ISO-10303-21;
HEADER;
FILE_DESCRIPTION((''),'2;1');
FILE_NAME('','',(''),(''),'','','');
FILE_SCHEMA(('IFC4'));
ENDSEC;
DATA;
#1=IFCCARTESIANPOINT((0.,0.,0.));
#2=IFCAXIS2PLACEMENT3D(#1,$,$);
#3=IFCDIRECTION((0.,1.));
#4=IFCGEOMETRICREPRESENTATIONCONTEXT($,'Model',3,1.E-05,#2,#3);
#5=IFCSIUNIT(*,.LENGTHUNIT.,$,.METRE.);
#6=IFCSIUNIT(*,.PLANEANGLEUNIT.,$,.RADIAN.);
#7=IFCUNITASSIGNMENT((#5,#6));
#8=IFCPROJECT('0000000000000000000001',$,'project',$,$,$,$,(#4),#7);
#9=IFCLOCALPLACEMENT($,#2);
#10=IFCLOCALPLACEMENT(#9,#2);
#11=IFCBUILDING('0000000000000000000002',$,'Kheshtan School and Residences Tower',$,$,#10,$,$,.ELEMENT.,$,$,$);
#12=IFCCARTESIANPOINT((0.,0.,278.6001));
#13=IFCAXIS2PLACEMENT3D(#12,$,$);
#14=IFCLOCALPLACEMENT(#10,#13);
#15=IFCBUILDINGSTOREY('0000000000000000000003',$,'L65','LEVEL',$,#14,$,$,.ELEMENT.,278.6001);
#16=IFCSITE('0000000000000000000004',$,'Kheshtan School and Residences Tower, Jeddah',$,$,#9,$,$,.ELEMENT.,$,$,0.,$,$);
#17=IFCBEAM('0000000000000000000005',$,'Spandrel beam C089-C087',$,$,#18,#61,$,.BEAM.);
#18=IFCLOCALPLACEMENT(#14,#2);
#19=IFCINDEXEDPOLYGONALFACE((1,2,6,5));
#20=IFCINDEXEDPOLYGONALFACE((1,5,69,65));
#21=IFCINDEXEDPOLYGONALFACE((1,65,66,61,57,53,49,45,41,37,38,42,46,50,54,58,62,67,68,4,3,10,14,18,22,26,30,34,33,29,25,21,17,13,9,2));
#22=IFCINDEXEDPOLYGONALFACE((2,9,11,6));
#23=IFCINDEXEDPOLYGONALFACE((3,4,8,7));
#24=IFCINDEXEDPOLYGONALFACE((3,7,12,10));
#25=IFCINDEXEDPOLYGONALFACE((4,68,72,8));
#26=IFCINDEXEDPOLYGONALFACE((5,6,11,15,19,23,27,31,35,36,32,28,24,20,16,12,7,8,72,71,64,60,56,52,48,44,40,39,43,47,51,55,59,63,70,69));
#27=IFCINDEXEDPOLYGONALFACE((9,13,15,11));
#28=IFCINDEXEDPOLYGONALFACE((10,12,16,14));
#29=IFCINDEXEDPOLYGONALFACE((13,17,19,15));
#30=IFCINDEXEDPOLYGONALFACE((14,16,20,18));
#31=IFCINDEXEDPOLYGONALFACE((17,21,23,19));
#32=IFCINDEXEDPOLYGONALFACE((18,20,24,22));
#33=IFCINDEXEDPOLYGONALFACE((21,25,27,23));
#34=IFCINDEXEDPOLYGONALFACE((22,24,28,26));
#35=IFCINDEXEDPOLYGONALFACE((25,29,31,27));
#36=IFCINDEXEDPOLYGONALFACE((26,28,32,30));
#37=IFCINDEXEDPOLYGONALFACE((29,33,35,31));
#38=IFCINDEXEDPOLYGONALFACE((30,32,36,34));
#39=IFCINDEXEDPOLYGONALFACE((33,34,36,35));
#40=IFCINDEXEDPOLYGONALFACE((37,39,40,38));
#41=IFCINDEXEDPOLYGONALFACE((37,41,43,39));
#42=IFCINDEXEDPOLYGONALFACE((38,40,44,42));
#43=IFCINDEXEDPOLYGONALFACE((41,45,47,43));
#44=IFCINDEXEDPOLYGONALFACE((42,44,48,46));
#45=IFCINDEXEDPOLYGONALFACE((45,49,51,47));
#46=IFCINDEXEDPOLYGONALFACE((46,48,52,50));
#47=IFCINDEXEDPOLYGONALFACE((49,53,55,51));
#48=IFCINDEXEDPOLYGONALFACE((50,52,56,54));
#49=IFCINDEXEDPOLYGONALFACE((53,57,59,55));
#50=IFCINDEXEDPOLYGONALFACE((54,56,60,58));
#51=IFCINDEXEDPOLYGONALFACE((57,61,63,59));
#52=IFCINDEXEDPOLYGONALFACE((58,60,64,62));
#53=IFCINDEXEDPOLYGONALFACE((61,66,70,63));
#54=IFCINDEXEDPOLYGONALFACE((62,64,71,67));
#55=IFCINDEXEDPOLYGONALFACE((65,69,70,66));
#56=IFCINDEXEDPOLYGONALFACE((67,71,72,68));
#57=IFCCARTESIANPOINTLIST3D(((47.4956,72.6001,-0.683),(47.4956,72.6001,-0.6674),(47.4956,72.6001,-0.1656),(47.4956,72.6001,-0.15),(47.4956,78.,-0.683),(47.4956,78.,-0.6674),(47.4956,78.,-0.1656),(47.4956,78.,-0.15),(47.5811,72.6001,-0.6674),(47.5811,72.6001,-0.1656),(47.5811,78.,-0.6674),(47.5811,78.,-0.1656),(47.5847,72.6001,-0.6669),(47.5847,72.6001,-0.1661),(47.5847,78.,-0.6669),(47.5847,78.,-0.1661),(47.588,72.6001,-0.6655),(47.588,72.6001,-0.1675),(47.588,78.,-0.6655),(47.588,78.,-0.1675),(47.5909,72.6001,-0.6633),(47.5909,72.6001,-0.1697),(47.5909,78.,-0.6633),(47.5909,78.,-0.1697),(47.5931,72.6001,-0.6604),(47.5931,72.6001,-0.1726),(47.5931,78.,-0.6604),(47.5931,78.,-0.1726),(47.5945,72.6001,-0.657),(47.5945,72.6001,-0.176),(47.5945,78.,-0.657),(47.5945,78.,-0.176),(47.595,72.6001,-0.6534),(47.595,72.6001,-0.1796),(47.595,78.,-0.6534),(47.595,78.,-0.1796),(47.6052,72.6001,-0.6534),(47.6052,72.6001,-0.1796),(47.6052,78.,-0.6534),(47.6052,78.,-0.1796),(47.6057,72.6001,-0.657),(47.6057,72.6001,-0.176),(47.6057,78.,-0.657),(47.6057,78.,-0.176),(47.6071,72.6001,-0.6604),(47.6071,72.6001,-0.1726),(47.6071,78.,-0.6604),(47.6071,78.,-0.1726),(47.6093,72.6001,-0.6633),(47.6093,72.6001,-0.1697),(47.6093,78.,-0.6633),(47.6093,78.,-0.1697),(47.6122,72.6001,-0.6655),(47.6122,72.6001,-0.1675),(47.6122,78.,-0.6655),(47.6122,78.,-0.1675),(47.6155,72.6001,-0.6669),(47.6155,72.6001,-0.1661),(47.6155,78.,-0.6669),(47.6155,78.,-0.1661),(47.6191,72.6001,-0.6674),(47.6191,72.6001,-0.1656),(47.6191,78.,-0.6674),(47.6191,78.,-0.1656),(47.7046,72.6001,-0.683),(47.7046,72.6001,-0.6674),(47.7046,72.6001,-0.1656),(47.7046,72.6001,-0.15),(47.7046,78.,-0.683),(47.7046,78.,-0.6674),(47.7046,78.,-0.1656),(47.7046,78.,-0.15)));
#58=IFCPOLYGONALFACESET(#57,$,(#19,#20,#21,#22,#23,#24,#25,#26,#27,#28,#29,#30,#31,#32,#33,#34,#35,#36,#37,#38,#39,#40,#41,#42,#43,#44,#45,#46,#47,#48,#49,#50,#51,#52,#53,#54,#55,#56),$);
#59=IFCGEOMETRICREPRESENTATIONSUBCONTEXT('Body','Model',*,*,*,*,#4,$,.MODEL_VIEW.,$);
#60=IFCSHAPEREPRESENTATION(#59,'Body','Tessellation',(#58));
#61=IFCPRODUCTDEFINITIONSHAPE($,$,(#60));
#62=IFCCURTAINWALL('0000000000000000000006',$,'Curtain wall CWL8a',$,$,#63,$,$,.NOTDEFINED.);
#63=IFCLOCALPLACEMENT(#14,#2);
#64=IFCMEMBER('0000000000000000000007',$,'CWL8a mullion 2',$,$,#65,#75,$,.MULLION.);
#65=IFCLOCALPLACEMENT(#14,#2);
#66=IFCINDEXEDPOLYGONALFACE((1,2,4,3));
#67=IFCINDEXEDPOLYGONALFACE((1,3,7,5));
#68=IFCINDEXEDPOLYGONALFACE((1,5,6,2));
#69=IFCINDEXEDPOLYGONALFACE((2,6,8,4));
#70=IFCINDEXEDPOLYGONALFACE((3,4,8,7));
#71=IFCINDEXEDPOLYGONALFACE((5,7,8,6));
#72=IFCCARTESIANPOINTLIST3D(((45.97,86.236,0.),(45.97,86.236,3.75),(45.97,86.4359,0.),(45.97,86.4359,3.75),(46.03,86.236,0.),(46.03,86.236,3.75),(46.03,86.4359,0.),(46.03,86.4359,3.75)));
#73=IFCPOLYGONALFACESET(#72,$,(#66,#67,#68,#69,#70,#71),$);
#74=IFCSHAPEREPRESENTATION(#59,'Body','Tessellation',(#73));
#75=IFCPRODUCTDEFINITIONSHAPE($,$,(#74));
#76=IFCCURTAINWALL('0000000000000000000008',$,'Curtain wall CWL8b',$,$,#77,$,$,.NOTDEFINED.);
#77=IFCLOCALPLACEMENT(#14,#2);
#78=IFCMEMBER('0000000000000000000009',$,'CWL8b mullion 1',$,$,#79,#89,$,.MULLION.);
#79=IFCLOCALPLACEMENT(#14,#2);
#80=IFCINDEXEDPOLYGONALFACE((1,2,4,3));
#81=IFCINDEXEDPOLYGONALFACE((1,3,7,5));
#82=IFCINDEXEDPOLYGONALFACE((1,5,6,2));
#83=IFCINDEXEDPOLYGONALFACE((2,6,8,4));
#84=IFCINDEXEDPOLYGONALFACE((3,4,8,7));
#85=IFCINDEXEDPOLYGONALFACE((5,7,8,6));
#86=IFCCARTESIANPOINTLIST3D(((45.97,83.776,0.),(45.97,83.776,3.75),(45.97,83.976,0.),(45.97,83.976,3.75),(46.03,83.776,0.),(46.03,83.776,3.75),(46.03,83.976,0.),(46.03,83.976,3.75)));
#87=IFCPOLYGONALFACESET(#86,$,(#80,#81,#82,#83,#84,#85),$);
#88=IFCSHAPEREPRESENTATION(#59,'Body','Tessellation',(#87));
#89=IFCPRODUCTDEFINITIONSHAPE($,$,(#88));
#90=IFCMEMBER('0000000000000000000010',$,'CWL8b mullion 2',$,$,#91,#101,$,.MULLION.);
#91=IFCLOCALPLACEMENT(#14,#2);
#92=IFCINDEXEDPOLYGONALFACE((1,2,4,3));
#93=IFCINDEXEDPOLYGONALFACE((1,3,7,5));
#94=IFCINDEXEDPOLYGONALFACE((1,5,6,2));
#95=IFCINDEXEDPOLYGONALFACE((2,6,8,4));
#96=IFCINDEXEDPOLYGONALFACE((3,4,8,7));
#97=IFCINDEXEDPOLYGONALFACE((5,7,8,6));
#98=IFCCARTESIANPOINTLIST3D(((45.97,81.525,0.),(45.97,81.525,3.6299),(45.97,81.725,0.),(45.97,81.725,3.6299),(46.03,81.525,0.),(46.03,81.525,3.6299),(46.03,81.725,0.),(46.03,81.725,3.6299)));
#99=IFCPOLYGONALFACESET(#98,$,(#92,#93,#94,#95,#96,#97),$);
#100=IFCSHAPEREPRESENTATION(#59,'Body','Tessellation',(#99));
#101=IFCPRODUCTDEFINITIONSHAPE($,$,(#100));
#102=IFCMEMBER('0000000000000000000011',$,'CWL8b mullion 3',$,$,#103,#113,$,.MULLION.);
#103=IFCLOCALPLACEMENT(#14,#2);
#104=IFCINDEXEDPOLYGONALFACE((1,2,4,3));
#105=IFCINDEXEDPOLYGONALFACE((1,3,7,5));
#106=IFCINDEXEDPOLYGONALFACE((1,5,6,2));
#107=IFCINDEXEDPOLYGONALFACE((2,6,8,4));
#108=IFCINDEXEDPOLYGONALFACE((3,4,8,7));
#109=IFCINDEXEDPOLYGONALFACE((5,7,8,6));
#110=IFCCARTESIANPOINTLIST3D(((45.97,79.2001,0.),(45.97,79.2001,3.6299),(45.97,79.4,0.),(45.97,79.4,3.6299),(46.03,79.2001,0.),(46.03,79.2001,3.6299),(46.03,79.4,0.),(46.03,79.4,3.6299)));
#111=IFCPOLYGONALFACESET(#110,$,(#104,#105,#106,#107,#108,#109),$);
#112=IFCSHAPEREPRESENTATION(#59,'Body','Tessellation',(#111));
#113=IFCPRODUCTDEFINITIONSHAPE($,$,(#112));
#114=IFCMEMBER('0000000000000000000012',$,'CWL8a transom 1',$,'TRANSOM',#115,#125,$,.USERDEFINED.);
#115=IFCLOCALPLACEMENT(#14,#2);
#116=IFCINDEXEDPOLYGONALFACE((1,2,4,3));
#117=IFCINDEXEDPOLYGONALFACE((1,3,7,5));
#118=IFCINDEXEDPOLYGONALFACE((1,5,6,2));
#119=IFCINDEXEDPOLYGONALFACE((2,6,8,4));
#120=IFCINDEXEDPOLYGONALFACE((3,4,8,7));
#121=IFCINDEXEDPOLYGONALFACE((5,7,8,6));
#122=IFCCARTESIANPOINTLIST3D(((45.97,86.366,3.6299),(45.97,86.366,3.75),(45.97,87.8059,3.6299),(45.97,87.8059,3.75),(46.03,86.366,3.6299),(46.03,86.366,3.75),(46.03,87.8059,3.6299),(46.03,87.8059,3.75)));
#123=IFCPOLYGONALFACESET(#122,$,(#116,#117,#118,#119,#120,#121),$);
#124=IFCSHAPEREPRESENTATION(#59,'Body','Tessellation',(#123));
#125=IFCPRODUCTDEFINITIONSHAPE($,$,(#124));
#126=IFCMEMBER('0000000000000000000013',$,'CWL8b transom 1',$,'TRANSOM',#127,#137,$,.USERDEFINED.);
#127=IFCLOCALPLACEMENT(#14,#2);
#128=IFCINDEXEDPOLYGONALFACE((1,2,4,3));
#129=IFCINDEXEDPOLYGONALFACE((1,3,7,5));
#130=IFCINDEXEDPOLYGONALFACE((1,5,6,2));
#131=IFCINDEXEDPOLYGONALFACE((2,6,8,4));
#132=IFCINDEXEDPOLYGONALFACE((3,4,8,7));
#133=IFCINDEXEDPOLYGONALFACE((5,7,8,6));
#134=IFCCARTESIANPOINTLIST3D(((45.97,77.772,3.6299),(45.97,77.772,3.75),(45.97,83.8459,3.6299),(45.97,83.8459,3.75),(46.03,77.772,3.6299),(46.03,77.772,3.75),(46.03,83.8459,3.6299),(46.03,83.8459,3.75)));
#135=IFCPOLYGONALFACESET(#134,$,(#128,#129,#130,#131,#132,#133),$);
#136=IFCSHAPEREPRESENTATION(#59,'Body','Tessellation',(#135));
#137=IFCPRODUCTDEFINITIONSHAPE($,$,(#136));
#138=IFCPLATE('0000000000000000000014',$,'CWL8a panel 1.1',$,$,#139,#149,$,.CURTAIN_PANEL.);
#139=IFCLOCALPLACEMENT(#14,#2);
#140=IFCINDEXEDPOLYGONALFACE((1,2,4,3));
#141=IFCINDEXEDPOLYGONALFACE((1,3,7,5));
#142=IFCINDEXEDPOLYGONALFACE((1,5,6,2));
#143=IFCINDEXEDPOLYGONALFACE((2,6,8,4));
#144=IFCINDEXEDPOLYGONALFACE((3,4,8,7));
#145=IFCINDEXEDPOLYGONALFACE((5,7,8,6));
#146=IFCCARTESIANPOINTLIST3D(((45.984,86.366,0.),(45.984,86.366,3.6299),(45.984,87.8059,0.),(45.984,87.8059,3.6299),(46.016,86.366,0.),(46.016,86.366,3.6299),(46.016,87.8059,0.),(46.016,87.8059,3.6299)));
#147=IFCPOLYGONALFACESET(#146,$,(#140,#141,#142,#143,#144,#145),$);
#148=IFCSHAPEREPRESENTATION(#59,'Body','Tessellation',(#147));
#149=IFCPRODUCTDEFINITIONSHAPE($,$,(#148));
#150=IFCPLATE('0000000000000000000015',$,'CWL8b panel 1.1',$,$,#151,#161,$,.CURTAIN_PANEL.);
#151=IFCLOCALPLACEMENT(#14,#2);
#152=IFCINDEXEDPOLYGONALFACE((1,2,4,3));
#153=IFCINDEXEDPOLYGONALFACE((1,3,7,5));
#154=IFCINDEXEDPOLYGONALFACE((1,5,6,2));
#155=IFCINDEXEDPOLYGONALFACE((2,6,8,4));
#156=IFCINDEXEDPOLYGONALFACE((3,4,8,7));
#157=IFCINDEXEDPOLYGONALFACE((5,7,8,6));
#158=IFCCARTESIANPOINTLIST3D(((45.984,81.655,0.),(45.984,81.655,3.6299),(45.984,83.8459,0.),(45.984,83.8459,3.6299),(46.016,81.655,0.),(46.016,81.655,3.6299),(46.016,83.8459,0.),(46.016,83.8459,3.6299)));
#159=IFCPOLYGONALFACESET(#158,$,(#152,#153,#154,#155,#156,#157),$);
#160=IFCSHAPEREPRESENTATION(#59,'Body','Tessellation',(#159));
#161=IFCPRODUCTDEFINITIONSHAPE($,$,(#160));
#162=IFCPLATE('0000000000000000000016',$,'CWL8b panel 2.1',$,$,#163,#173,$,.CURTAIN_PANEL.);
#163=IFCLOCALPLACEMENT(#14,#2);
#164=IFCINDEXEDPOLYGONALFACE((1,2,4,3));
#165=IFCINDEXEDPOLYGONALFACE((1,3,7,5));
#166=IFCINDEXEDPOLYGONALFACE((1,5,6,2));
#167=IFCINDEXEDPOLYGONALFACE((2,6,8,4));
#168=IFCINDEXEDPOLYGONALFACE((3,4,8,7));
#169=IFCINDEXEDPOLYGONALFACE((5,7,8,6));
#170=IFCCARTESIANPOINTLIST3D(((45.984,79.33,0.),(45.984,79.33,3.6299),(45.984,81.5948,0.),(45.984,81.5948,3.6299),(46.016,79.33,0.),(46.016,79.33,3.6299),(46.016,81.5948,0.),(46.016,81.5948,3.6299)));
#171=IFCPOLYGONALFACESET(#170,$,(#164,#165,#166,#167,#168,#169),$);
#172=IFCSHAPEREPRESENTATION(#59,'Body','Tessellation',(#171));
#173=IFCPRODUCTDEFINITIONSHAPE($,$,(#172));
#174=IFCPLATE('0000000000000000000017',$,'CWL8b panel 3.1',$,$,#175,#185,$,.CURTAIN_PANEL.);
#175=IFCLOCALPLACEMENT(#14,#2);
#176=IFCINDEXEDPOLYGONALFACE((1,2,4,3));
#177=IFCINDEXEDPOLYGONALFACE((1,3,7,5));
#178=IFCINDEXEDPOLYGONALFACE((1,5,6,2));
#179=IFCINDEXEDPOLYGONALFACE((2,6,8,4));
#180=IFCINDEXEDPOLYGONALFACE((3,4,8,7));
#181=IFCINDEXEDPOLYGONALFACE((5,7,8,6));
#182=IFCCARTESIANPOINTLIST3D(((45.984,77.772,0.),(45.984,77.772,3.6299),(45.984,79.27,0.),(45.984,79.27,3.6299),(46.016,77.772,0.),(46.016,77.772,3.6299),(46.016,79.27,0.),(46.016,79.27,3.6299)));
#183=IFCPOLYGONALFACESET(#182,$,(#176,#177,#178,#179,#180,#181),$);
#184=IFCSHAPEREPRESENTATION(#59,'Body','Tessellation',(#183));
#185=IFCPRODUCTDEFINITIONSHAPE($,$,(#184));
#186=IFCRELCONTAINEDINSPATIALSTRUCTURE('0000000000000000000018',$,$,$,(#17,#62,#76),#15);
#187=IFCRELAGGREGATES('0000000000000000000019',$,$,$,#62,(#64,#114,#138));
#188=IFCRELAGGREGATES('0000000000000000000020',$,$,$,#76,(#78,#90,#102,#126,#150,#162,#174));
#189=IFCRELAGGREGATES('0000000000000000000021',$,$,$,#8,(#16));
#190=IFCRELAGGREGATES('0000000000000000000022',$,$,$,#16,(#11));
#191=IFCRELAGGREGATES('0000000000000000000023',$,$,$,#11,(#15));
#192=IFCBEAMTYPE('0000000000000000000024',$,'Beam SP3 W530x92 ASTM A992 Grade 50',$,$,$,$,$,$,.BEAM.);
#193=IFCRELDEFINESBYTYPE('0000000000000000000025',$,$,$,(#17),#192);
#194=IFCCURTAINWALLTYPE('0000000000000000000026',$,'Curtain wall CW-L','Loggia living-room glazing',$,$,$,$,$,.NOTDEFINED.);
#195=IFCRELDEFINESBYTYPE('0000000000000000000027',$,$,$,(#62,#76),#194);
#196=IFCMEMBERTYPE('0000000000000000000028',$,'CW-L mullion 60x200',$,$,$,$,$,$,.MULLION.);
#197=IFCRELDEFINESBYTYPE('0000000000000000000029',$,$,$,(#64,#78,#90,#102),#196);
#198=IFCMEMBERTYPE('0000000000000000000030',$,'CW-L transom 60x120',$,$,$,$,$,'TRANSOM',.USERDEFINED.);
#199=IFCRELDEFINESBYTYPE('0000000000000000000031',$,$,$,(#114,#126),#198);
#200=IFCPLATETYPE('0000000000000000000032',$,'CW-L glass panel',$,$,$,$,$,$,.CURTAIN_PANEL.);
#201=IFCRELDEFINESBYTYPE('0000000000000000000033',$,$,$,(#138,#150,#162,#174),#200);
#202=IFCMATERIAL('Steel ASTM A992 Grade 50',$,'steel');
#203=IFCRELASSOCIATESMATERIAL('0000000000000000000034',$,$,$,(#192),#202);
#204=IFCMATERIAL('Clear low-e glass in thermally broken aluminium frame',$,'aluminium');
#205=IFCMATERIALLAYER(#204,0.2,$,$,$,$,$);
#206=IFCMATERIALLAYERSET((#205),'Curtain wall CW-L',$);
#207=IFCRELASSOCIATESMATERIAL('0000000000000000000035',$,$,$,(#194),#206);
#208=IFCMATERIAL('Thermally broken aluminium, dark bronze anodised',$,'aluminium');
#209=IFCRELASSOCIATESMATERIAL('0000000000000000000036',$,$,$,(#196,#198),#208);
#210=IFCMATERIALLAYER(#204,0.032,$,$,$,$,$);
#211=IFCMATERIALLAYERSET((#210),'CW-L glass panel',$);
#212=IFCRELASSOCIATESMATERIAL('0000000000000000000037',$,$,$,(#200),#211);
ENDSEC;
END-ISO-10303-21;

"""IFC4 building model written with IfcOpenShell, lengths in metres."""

from ifc_helpers import new_model, si_unit, direction, frame, origin, origin_2d, place, context, subcontext, project, spatial, rectangle, i_section, extrude, material, layer, layer_set, material_profile, profile_set, type_object, element, aggregate, save


model = new_model("IFC4")

# Units and contexts
model_context = context("Model", 3, precision=1e-05, world=origin(), true_north=direction((0.0, 1.0)))
body_context = subcontext(model_context, "Body", "Model", "MODEL_VIEW")
ifc_project = project(units=[si_unit("LENGTHUNIT", "METRE"), si_unit("PLANEANGLEUNIT", "RADIAN")], contexts=[model_context])

# Site, building, storey
site_placement = place(None, origin())
site = spatial("IfcSite", under=ifc_project, at=site_placement, Name="Kheshtan School and Residences Tower, Jeddah", CompositionType="ELEMENT", RefElevation=0.0)
building_placement = place(site_placement, origin())
building = spatial("IfcBuilding", under=site, at=building_placement, Name="Kheshtan School and Residences Tower", CompositionType="ELEMENT")
storey_placement = place(building_placement, frame((0.0, 0.0, 278.6001)))
storey = spatial("IfcBuildingStorey", under=building, at=storey_placement, Name="L65", Description="LEVEL", CompositionType="ELEMENT", Elevation=278.6001)

# Shared definitions
ifc_material_1 = material(Name="Steel ASTM A992 Grade 50", Category="steel")

# Beam
ifc_material_profile_1 = material_profile(ifc_material_1, i_section(OverallWidth=0.209, OverallDepth=0.533, WebThickness=0.0103, FlangeThickness=0.0156, FilletRadius=0.0139, at=origin_2d()), Name="W530x92")
ifc_profile_set_1 = profile_set([ifc_material_profile_1], Name="Steel ASTM A992 Grade 50")
beam_type_1 = type_object("IfcBeamType", Name="Beam SP3 W530x92 ASTM A992 Grade 50", PredefinedType="BEAM", material=ifc_profile_set_1)
for number, where, z_axis, x_axis, name in (
    (1, (47.6001, 78.0, -0.4165), (0.0, -1.0, 0.0), (1.0, 0.0, 0.0), "Spandrel beam C089-C087"),
):
    element("IfcBeam", number, at=place(storey_placement, frame(where, z_axis=z_axis, x_axis=x_axis)), inside=storey, type_object=beam_type_1, Name=name, PredefinedType="BEAM", context=body_context, shape_type="SweptSolid", body=[
        extrude(i_section(OverallWidth=0.209, OverallDepth=0.533, WebThickness=0.0103, FlangeThickness=0.0156, FilletRadius=0.0139, at=origin_2d()), origin(), (0.0, 0.0, 1.0), 5.3999),
    ])

# Curtain wall, member
ifc_material_2 = material(Name="Clear low-e glass in thermally broken aluminium frame", Category="aluminium")
ifc_layer_1 = layer(ifc_material_2, 0.2)
ifc_layer_set_1 = layer_set([ifc_layer_1], Name="Curtain wall CW-L")
curtain_wall_type = type_object("IfcCurtainWallType", Name="Curtain wall CW-L", Description="Loggia living-room glazing", PredefinedType="NOTDEFINED", material=ifc_layer_set_1)
curtain_wall_1_placement = place(storey_placement, origin())
curtain_wall_1 = element("IfcCurtainWall", 2, at=curtain_wall_1_placement, inside=storey, type_object=curtain_wall_type, Name="Curtain wall CWL8a", PredefinedType="NOTDEFINED")
ifc_material_3 = material(Name="Thermally broken aluminium, dark bronze anodised", Category="aluminium")
ifc_material_profile_2 = material_profile(ifc_material_3, rectangle(XDim=0.0601, YDim=0.2, at=origin_2d()), Name="CW-L mullion 60x200")
ifc_profile_set_2 = profile_set([ifc_material_profile_2], Name="Thermally broken aluminium, dark bronze anodised")
member_type_1 = type_object("IfcMemberType", Name="CW-L mullion 60x200", PredefinedType="MULLION", material=ifc_profile_set_2)
member_1_placement = place(storey_placement, frame((46.0, 86.3359, 0.0), z_axis=(0.0, 0.0, 1.0), x_axis=(1.0, 0.0, 0.0)))
member_1 = element("IfcMember", 3, at=member_1_placement, type_object=member_type_1, Name="CWL8a mullion 2", PredefinedType="MULLION", context=body_context, shape_type="SweptSolid", body=[
    extrude(rectangle(XDim=0.0601, YDim=0.2, at=origin_2d()), origin(), (0.0, 0.0, 1.0), 3.75),
])

# Curtain wall, members
curtain_wall_2_placement = place(storey_placement, origin())
curtain_wall_2 = element("IfcCurtainWall", 4, at=curtain_wall_2_placement, inside=storey, type_object=curtain_wall_type, Name="Curtain wall CWL8b", PredefinedType="NOTDEFINED")
member_2_placement = place(storey_placement, frame((46.0, 83.876, 0.0), z_axis=(0.0, 0.0, 1.0), x_axis=(1.0, 0.0, 0.0)))
member_2 = element("IfcMember", 5, at=member_2_placement, type_object=member_type_1, Name="CWL8b mullion 1", PredefinedType="MULLION", context=body_context, shape_type="SweptSolid", body=[
    extrude(rectangle(XDim=0.0601, YDim=0.2, at=origin_2d()), origin(), (0.0, 0.0, 1.0), 3.75),
])
member_3_placement = place(storey_placement, frame((46.0, 81.625, 0.0), z_axis=(0.0, 0.0, 1.0), x_axis=(1.0, 0.0, 0.0)))
member_3 = element("IfcMember", 6, at=member_3_placement, type_object=member_type_1, Name="CWL8b mullion 2", PredefinedType="MULLION", context=body_context, shape_type="SweptSolid", body=[
    extrude(rectangle(XDim=0.0601, YDim=0.2, at=origin_2d()), origin(), (0.0, 0.0, 1.0), 3.6299),
])
member_4_placement = place(storey_placement, frame((46.0, 79.3, 0.0), z_axis=(0.0, 0.0, 1.0), x_axis=(1.0, 0.0, 0.0)))
member_4 = element("IfcMember", 7, at=member_4_placement, type_object=member_type_1, Name="CWL8b mullion 3", PredefinedType="MULLION", context=body_context, shape_type="SweptSolid", body=[
    extrude(rectangle(XDim=0.0601, YDim=0.2, at=origin_2d()), origin(), (0.0, 0.0, 1.0), 3.6299),
])

# Members
ifc_material_profile_3 = material_profile(ifc_material_3, rectangle(XDim=0.0601, YDim=0.1201, at=origin_2d()), Name="CW-L transom 60x120")
ifc_profile_set_3 = profile_set([ifc_material_profile_3], Name="Thermally broken aluminium, dark bronze anodised")
member_type_2 = type_object("IfcMemberType", Name="CW-L transom 60x120", ElementType="TRANSOM", PredefinedType="USERDEFINED", material=ifc_profile_set_3)
member_5_placement = place(storey_placement, frame((46.0, 87.8059, 3.6899), z_axis=(0.0, -1.0, 0.0), x_axis=(1.0, 0.0, 0.0)))
member_5 = element("IfcMember", 8, at=member_5_placement, type_object=member_type_2, Name="CWL8a transom 1", ObjectType="TRANSOM", PredefinedType="USERDEFINED", context=body_context, shape_type="SweptSolid", body=[
    extrude(rectangle(XDim=0.0601, YDim=0.1201, at=origin_2d()), origin(), (0.0, 0.0, 1.0), 1.4399),
])
member_6_placement = place(storey_placement, frame((46.0, 83.8459, 3.6899), z_axis=(0.0, -1.0, 0.0), x_axis=(1.0, 0.0, 0.0)))
member_6 = element("IfcMember", 9, at=member_6_placement, type_object=member_type_2, Name="CWL8b transom 1", ObjectType="TRANSOM", PredefinedType="USERDEFINED", context=body_context, shape_type="SweptSolid", body=[
    extrude(rectangle(XDim=0.0601, YDim=0.1201, at=origin_2d()), origin(), (0.0, 0.0, 1.0), 6.074),
])

# Plates
ifc_layer_2 = layer(ifc_material_2, 0.032)
ifc_layer_set_2 = layer_set([ifc_layer_2], Name="CW-L glass panel")
plate_type = type_object("IfcPlateType", Name="CW-L glass panel", PredefinedType="CURTAIN_PANEL", material=ifc_layer_set_2)
plate_1_placement = place(storey_placement, frame((46.0, 87.0859, 0.0), z_axis=(0.0, 0.0, 1.0), x_axis=(0.0, -1.0, 0.0)))
plate_1 = element("IfcPlate", 10, at=plate_1_placement, type_object=plate_type, Name="CWL8a panel 1.1", PredefinedType="CURTAIN_PANEL", context=body_context, shape_type="SweptSolid", body=[
    extrude(rectangle(XDim=1.4399, YDim=0.032, at=origin_2d()), origin(), (0.0, 0.0, 1.0), 3.6299),
])
aggregate(curtain_wall_1, [member_1, member_5, plate_1])
plate_2_placement = place(storey_placement, frame((46.0, 82.7505, 0.0), z_axis=(0.0, 0.0, 1.0), x_axis=(0.0, -1.0, 0.0)))
plate_2 = element("IfcPlate", 11, at=plate_2_placement, type_object=plate_type, Name="CWL8b panel 1.1", PredefinedType="CURTAIN_PANEL", context=body_context, shape_type="SweptSolid", body=[
    extrude(rectangle(XDim=2.1909, YDim=0.032, at=origin_2d()), origin(), (0.0, 0.0, 1.0), 3.6299),
])
plate_3_placement = place(storey_placement, frame((46.0, 80.4624, 0.0), z_axis=(0.0, 0.0, 1.0), x_axis=(0.0, -1.0, 0.0)))
plate_3 = element("IfcPlate", 12, at=plate_3_placement, type_object=plate_type, Name="CWL8b panel 2.1", PredefinedType="CURTAIN_PANEL", context=body_context, shape_type="SweptSolid", body=[
    extrude(rectangle(XDim=2.2649, YDim=0.032, at=origin_2d()), origin(), (0.0, 0.0, 1.0), 3.6299),
])
plate_4_placement = place(storey_placement, frame((46.0, 78.521, 0.0), z_axis=(0.0, 0.0, 1.0), x_axis=(0.0, -1.0, 0.0)))
plate_4 = element("IfcPlate", 13, at=plate_4_placement, type_object=plate_type, Name="CWL8b panel 3.1", PredefinedType="CURTAIN_PANEL", context=body_context, shape_type="SweptSolid", body=[
    extrude(rectangle(XDim=1.498, YDim=0.032, at=origin_2d()), origin(), (0.0, 0.0, 1.0), 3.6299),
])
aggregate(curtain_wall_2, [member_2, member_3, member_4, member_6, plate_2, plate_3, plate_4])

save(model, "model.ifc")
